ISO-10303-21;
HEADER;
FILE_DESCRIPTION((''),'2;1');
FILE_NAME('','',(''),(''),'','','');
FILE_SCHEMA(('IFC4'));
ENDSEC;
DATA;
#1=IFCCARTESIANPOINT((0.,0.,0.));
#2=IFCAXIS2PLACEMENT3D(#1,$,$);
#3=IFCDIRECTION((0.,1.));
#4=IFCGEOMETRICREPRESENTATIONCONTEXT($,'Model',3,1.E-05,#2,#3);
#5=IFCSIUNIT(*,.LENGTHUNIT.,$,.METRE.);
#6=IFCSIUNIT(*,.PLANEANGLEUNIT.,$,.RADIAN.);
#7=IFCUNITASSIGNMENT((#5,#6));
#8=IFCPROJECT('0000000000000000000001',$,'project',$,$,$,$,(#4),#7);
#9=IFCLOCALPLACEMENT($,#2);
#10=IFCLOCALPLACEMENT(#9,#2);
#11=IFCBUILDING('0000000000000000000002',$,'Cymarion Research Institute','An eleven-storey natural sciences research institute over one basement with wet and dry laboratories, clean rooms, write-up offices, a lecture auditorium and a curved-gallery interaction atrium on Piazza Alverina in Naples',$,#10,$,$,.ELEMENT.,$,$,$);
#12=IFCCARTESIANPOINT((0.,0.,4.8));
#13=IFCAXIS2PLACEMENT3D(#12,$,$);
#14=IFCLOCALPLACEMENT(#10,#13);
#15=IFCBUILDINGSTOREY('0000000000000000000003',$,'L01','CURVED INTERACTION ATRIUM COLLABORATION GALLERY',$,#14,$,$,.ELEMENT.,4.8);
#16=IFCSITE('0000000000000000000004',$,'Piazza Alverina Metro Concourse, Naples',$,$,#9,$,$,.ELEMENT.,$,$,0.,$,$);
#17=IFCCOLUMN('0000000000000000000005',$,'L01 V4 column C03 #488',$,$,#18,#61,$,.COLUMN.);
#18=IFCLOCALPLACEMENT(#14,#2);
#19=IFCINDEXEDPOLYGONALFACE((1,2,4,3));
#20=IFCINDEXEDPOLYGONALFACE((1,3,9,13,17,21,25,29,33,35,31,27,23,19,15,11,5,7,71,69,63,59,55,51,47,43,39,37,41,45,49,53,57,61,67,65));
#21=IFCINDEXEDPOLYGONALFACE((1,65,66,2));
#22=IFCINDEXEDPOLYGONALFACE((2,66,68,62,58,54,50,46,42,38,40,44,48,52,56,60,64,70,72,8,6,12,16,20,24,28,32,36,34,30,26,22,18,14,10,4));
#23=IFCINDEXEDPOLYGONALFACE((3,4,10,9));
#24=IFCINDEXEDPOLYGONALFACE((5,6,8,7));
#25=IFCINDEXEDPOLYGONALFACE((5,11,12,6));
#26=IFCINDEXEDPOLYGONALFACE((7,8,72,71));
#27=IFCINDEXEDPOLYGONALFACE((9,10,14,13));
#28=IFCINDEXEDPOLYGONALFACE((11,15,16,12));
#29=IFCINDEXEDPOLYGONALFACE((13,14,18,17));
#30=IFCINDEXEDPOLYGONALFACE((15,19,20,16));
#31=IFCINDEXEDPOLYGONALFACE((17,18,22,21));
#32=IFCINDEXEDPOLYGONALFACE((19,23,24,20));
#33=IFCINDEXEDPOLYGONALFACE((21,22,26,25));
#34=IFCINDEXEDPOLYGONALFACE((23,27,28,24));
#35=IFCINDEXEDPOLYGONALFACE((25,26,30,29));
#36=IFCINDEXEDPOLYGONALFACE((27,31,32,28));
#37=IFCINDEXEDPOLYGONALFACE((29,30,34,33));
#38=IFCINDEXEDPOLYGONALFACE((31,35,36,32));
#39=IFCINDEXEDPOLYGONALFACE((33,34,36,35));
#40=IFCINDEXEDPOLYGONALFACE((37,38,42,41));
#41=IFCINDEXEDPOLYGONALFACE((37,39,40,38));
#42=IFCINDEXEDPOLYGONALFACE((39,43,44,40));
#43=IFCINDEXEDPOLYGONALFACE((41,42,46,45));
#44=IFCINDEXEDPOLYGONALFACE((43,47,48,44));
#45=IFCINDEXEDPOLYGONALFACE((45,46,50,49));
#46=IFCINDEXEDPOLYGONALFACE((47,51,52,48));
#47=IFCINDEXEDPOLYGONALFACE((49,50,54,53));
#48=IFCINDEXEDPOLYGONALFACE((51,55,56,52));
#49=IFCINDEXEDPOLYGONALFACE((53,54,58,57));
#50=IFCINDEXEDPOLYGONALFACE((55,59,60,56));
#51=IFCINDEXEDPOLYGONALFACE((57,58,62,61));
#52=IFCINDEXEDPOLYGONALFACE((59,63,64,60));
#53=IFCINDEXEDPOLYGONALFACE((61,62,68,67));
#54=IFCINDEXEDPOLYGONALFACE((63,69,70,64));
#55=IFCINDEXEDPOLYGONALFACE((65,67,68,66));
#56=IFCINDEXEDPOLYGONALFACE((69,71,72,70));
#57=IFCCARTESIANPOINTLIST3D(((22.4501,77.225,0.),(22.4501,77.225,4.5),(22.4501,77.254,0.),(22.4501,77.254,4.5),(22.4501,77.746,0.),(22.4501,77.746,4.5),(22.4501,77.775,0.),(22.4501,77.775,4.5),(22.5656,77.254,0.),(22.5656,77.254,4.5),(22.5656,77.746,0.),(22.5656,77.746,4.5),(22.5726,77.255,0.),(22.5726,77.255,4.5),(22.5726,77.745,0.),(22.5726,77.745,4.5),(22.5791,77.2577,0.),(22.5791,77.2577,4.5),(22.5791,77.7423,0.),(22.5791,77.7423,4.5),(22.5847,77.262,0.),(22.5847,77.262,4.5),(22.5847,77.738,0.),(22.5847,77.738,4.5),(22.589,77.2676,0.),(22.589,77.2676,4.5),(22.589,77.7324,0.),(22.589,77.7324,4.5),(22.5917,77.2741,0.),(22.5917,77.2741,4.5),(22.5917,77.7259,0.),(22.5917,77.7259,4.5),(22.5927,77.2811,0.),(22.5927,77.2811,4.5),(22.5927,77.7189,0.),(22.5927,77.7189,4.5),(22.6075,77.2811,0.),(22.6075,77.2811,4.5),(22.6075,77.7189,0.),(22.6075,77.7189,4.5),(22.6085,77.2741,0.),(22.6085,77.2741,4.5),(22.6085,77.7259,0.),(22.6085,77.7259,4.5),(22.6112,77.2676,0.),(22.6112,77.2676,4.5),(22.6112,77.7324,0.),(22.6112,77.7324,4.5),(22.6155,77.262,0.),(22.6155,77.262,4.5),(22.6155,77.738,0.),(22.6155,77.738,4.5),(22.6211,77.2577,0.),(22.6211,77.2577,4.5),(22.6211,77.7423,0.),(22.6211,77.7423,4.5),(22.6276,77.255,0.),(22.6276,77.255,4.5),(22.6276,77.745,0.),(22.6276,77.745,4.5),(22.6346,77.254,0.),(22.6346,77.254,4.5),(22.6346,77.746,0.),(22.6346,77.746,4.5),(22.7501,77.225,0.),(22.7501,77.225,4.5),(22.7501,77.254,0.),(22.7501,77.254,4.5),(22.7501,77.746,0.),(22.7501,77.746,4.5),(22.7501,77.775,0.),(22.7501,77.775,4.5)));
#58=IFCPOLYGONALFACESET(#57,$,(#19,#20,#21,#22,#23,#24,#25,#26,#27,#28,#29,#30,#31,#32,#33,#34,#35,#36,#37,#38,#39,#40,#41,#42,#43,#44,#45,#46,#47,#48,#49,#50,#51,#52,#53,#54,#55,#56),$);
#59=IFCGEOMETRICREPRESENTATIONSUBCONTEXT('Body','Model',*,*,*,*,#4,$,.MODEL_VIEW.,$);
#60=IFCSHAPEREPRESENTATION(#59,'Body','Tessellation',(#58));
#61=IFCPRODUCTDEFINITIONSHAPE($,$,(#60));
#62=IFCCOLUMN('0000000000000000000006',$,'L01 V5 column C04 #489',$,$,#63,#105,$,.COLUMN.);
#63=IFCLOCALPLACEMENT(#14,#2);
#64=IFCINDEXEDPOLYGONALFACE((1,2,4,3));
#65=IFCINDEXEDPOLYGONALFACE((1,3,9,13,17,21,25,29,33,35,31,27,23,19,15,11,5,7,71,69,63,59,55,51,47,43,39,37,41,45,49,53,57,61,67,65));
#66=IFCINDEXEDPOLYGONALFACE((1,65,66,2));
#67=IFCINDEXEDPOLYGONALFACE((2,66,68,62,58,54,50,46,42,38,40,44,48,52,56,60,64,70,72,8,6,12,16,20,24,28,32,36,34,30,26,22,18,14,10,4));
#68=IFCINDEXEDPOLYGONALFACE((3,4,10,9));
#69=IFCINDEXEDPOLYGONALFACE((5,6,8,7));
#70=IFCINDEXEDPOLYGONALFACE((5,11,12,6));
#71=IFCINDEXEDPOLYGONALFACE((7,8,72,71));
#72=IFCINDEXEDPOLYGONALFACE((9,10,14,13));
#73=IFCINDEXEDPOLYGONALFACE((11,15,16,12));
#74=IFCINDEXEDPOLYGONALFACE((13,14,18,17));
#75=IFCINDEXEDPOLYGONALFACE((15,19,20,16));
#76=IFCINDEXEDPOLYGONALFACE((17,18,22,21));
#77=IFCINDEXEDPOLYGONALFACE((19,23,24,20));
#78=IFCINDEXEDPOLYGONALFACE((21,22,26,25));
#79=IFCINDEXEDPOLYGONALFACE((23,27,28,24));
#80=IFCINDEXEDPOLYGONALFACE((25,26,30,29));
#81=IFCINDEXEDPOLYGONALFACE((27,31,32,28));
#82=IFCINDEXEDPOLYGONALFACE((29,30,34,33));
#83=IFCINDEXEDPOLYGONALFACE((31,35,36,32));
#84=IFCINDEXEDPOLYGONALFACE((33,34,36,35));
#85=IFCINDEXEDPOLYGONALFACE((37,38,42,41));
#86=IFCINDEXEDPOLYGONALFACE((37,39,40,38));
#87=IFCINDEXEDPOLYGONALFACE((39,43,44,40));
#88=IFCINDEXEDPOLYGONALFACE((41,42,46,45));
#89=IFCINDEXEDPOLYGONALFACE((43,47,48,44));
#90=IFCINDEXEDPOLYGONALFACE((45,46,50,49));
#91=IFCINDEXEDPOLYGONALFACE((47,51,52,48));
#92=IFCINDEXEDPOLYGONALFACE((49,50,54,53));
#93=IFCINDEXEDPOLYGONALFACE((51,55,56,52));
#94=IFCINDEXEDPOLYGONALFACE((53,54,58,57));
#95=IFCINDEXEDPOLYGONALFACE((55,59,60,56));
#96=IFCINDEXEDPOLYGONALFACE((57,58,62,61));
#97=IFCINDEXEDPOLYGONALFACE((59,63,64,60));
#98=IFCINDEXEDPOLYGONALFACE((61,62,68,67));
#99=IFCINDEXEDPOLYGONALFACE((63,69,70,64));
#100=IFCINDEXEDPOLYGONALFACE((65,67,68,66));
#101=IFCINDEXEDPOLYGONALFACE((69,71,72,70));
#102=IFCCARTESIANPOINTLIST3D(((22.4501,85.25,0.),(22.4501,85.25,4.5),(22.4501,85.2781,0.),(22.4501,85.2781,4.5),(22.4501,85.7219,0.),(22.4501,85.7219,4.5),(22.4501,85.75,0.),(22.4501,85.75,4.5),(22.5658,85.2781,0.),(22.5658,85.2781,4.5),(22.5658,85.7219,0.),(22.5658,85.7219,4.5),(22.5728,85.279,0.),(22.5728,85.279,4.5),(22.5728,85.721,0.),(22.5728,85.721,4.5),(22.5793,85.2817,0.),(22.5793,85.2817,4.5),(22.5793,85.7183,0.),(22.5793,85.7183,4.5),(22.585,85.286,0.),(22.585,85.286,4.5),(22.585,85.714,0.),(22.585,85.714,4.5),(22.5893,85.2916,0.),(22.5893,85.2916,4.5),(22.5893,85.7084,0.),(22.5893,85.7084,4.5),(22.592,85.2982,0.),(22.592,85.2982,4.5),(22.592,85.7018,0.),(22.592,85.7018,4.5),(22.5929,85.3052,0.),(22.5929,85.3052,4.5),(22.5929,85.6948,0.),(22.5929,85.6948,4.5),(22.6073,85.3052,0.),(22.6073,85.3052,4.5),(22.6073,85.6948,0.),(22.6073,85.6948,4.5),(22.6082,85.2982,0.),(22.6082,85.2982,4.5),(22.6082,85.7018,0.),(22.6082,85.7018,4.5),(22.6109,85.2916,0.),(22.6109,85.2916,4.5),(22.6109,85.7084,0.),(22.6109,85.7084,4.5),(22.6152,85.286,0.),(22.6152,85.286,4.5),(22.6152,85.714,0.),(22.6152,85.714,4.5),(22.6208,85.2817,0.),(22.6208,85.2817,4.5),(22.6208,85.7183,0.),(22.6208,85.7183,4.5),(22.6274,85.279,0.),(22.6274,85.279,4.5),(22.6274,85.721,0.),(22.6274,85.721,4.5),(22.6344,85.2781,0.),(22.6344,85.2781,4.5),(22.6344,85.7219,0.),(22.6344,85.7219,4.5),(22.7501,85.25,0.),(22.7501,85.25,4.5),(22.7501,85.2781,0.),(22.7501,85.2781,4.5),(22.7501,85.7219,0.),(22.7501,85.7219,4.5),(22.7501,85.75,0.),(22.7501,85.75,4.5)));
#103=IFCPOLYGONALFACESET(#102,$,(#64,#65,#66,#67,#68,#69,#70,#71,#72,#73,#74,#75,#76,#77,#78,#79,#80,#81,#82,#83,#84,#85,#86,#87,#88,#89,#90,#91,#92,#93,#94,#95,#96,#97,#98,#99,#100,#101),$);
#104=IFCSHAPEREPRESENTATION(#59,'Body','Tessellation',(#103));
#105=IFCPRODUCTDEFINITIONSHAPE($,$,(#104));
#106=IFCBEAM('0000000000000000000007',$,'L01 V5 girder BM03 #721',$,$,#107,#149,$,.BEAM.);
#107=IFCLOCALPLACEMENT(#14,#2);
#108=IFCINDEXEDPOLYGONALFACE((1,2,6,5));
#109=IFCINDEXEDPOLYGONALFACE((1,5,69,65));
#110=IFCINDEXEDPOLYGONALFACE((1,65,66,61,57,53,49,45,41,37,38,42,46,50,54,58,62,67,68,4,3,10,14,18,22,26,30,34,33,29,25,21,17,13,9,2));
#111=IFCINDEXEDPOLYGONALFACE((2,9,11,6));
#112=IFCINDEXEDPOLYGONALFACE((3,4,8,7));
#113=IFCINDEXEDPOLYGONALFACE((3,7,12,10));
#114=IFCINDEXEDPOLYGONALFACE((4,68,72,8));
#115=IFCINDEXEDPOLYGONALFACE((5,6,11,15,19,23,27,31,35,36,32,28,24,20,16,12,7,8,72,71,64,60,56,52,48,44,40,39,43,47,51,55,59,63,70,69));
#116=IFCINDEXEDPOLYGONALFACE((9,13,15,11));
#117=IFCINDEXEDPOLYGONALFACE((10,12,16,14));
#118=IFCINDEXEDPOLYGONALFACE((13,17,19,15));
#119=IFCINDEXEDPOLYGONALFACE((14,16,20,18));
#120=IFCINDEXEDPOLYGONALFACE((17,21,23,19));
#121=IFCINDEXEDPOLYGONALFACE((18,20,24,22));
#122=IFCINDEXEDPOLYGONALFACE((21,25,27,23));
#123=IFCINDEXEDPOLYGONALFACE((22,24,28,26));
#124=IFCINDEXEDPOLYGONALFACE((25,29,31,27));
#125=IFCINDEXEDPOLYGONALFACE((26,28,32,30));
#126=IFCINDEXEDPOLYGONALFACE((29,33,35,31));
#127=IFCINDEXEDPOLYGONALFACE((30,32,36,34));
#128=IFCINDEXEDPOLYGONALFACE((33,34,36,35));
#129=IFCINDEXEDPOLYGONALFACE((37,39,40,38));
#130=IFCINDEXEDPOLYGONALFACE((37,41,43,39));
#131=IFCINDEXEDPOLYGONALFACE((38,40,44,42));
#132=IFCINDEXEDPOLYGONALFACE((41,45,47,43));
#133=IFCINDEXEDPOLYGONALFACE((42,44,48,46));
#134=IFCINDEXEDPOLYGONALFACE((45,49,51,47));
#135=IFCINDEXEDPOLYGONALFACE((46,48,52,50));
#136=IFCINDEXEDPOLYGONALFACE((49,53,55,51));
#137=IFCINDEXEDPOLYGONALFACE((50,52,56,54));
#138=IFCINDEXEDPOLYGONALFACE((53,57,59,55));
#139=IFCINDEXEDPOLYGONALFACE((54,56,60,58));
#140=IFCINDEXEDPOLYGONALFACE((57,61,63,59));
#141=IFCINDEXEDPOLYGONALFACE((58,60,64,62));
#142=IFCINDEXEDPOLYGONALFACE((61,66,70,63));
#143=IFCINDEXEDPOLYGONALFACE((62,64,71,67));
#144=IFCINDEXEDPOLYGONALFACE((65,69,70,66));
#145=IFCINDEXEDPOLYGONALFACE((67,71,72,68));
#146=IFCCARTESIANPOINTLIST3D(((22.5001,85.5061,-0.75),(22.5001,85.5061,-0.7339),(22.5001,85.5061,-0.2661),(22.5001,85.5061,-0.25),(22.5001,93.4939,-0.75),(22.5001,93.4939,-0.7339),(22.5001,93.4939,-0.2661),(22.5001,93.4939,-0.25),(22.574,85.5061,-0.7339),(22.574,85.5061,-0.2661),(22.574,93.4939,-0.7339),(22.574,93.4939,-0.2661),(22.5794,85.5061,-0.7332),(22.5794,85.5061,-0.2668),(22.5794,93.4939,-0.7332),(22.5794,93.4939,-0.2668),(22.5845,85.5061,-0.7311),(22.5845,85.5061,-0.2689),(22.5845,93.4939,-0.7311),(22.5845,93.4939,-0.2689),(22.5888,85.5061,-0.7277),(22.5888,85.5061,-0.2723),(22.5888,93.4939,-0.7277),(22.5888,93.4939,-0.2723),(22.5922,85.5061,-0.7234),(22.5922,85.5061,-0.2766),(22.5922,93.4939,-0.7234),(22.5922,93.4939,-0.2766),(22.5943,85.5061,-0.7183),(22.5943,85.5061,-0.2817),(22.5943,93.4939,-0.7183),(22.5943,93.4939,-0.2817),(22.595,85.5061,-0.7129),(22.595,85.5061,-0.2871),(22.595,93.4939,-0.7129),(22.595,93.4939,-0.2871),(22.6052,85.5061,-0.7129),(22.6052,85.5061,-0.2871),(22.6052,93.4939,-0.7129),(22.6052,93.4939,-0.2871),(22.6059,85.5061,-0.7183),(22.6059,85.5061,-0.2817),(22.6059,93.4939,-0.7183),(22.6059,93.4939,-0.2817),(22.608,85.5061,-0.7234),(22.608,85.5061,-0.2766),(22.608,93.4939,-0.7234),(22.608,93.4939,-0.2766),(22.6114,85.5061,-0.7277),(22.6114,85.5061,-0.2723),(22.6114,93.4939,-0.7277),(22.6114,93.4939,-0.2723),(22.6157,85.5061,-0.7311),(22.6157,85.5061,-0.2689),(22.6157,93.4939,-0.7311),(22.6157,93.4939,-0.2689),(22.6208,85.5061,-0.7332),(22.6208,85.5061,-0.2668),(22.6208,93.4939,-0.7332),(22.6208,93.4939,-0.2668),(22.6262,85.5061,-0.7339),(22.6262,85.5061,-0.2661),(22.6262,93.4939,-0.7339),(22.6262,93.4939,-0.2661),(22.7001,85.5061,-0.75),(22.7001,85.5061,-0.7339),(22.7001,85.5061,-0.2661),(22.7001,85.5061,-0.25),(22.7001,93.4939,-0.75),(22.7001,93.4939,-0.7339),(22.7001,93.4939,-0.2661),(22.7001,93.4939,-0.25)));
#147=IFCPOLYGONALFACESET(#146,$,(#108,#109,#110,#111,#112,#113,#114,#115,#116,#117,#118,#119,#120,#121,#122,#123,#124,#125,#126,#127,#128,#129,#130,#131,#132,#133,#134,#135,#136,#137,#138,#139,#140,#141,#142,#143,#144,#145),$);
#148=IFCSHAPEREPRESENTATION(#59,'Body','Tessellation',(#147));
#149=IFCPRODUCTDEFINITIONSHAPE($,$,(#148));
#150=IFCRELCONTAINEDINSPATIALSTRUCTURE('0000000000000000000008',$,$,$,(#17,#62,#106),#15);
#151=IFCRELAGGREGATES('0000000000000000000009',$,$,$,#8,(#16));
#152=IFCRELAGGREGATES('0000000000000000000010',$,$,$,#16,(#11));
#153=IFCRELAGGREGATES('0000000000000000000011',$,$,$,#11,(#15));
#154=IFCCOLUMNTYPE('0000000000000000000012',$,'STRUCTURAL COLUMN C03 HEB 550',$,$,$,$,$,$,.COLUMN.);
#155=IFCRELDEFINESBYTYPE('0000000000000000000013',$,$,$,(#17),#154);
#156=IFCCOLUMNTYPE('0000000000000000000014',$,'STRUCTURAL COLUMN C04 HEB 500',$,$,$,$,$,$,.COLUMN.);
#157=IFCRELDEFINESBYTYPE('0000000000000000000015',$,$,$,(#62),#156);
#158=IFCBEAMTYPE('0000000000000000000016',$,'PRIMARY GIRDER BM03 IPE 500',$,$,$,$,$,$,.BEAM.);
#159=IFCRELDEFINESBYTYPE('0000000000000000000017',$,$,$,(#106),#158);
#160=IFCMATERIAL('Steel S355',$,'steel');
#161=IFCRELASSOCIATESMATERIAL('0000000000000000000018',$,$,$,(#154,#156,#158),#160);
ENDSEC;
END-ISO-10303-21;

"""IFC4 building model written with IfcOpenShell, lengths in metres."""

from ifc_helpers import new_model, si_unit, direction, frame, origin, origin_2d, place, context, subcontext, project, spatial, i_section, extrude, material, material_profile, profile_set, type_object, element, save


model = new_model("IFC4")

# Units and contexts
model_context = context("Model", 3, precision=1e-05, world=origin(), true_north=direction((0.0, 1.0)))
body_context = subcontext(model_context, "Body", "Model", "MODEL_VIEW")
ifc_project = project(units=[si_unit("LENGTHUNIT", "METRE"), si_unit("PLANEANGLEUNIT", "RADIAN")], contexts=[model_context])

# Site, building, storey
site_placement = place(None, origin())
site = spatial("IfcSite", under=ifc_project, at=site_placement, Name="Piazza Alverina Metro Concourse, Naples", CompositionType="ELEMENT", RefElevation=0.0)
building_placement = place(site_placement, origin())
building = spatial("IfcBuilding", under=site, at=building_placement, Name="Cymarion Research Institute", Description="An eleven-storey natural sciences research institute over one basement with wet and dry laboratories, clean rooms, write-up offices, a lecture auditorium and a curved-gallery interaction atrium on Piazza Alverina in Naples", CompositionType="ELEMENT")
storey_placement = place(building_placement, frame((0.0, 0.0, 4.8)))
storey = spatial("IfcBuildingStorey", under=building, at=storey_placement, Name="L01", Description="CURVED INTERACTION ATRIUM COLLABORATION GALLERY", CompositionType="ELEMENT", Elevation=4.8)

# Columns
ifc_material_1 = material(Name="Steel S355", Category="steel")
ifc_material_profile_1 = material_profile(ifc_material_1, i_section(OverallWidth=0.3, OverallDepth=0.55, WebThickness=0.0149, FlangeThickness=0.0291, FilletRadius=0.0271, at=origin_2d()), Name="HEB 550")
ifc_profile_set_1 = profile_set([ifc_material_profile_1], Name="Steel S355")
column_type_1 = type_object("IfcColumnType", Name="STRUCTURAL COLUMN C03 HEB 550", PredefinedType="COLUMN", material=ifc_profile_set_1)
column_1_placement = place(storey_placement, frame((22.6001, 77.5, 0.0), z_axis=(0.0, 0.0, 1.0), x_axis=(1.0, 0.0, 0.0)))
element("IfcColumn", 1, at=column_1_placement, inside=storey, type_object=column_type_1, Name="L01 V4 column C03 #488", PredefinedType="COLUMN", context=body_context, shape_type="SweptSolid", body=[
    extrude(i_section(OverallWidth=0.3, OverallDepth=0.55, WebThickness=0.0149, FlangeThickness=0.0291, FilletRadius=0.0271, at=origin_2d()), origin(), (0.0, 0.0, 1.0), 4.5),
])
ifc_material_profile_2 = material_profile(ifc_material_1, i_section(OverallWidth=0.3, OverallDepth=0.5, WebThickness=0.0144, FlangeThickness=0.0281, FilletRadius=0.0271, at=origin_2d()), Name="HEB 500")
ifc_profile_set_2 = profile_set([ifc_material_profile_2], Name="Steel S355")
column_type_2 = type_object("IfcColumnType", Name="STRUCTURAL COLUMN C04 HEB 500", PredefinedType="COLUMN", material=ifc_profile_set_2)
column_2_placement = place(storey_placement, frame((22.6001, 85.5, 0.0), z_axis=(0.0, 0.0, 1.0), x_axis=(1.0, 0.0, 0.0)))
element("IfcColumn", 2, at=column_2_placement, inside=storey, type_object=column_type_2, Name="L01 V5 column C04 #489", PredefinedType="COLUMN", context=body_context, shape_type="SweptSolid", body=[
    extrude(i_section(OverallWidth=0.3, OverallDepth=0.5, WebThickness=0.0144, FlangeThickness=0.0281, FilletRadius=0.0271, at=origin_2d()), origin(), (0.0, 0.0, 1.0), 4.5),
])

# Beam
ifc_material_profile_3 = material_profile(ifc_material_1, i_section(OverallWidth=0.2, OverallDepth=0.5, WebThickness=0.0103, FlangeThickness=0.0161, FilletRadius=0.021, at=origin_2d()), Name="IPE 500")
ifc_profile_set_3 = profile_set([ifc_material_profile_3], Name="Steel S355")
beam_type_1 = type_object("IfcBeamType", Name="PRIMARY GIRDER BM03 IPE 500", PredefinedType="BEAM", material=ifc_profile_set_3)
beam_placement = place(storey_placement, frame((22.6001, 85.5061, -0.5), z_axis=(0.0, 1.0, 0.0), x_axis=(-1.0, 0.0, 0.0)))
element("IfcBeam", 3, at=beam_placement, inside=storey, type_object=beam_type_1, Name="L01 V5 girder BM03 #721", PredefinedType="BEAM", context=body_context, shape_type="SweptSolid", body=[
    extrude(i_section(OverallWidth=0.2, OverallDepth=0.5, WebThickness=0.0103, FlangeThickness=0.0161, FilletRadius=0.021, at=origin_2d()), origin(), (0.0, 0.0, 1.0), 7.9878),
])

save(model, "model.ifc")
